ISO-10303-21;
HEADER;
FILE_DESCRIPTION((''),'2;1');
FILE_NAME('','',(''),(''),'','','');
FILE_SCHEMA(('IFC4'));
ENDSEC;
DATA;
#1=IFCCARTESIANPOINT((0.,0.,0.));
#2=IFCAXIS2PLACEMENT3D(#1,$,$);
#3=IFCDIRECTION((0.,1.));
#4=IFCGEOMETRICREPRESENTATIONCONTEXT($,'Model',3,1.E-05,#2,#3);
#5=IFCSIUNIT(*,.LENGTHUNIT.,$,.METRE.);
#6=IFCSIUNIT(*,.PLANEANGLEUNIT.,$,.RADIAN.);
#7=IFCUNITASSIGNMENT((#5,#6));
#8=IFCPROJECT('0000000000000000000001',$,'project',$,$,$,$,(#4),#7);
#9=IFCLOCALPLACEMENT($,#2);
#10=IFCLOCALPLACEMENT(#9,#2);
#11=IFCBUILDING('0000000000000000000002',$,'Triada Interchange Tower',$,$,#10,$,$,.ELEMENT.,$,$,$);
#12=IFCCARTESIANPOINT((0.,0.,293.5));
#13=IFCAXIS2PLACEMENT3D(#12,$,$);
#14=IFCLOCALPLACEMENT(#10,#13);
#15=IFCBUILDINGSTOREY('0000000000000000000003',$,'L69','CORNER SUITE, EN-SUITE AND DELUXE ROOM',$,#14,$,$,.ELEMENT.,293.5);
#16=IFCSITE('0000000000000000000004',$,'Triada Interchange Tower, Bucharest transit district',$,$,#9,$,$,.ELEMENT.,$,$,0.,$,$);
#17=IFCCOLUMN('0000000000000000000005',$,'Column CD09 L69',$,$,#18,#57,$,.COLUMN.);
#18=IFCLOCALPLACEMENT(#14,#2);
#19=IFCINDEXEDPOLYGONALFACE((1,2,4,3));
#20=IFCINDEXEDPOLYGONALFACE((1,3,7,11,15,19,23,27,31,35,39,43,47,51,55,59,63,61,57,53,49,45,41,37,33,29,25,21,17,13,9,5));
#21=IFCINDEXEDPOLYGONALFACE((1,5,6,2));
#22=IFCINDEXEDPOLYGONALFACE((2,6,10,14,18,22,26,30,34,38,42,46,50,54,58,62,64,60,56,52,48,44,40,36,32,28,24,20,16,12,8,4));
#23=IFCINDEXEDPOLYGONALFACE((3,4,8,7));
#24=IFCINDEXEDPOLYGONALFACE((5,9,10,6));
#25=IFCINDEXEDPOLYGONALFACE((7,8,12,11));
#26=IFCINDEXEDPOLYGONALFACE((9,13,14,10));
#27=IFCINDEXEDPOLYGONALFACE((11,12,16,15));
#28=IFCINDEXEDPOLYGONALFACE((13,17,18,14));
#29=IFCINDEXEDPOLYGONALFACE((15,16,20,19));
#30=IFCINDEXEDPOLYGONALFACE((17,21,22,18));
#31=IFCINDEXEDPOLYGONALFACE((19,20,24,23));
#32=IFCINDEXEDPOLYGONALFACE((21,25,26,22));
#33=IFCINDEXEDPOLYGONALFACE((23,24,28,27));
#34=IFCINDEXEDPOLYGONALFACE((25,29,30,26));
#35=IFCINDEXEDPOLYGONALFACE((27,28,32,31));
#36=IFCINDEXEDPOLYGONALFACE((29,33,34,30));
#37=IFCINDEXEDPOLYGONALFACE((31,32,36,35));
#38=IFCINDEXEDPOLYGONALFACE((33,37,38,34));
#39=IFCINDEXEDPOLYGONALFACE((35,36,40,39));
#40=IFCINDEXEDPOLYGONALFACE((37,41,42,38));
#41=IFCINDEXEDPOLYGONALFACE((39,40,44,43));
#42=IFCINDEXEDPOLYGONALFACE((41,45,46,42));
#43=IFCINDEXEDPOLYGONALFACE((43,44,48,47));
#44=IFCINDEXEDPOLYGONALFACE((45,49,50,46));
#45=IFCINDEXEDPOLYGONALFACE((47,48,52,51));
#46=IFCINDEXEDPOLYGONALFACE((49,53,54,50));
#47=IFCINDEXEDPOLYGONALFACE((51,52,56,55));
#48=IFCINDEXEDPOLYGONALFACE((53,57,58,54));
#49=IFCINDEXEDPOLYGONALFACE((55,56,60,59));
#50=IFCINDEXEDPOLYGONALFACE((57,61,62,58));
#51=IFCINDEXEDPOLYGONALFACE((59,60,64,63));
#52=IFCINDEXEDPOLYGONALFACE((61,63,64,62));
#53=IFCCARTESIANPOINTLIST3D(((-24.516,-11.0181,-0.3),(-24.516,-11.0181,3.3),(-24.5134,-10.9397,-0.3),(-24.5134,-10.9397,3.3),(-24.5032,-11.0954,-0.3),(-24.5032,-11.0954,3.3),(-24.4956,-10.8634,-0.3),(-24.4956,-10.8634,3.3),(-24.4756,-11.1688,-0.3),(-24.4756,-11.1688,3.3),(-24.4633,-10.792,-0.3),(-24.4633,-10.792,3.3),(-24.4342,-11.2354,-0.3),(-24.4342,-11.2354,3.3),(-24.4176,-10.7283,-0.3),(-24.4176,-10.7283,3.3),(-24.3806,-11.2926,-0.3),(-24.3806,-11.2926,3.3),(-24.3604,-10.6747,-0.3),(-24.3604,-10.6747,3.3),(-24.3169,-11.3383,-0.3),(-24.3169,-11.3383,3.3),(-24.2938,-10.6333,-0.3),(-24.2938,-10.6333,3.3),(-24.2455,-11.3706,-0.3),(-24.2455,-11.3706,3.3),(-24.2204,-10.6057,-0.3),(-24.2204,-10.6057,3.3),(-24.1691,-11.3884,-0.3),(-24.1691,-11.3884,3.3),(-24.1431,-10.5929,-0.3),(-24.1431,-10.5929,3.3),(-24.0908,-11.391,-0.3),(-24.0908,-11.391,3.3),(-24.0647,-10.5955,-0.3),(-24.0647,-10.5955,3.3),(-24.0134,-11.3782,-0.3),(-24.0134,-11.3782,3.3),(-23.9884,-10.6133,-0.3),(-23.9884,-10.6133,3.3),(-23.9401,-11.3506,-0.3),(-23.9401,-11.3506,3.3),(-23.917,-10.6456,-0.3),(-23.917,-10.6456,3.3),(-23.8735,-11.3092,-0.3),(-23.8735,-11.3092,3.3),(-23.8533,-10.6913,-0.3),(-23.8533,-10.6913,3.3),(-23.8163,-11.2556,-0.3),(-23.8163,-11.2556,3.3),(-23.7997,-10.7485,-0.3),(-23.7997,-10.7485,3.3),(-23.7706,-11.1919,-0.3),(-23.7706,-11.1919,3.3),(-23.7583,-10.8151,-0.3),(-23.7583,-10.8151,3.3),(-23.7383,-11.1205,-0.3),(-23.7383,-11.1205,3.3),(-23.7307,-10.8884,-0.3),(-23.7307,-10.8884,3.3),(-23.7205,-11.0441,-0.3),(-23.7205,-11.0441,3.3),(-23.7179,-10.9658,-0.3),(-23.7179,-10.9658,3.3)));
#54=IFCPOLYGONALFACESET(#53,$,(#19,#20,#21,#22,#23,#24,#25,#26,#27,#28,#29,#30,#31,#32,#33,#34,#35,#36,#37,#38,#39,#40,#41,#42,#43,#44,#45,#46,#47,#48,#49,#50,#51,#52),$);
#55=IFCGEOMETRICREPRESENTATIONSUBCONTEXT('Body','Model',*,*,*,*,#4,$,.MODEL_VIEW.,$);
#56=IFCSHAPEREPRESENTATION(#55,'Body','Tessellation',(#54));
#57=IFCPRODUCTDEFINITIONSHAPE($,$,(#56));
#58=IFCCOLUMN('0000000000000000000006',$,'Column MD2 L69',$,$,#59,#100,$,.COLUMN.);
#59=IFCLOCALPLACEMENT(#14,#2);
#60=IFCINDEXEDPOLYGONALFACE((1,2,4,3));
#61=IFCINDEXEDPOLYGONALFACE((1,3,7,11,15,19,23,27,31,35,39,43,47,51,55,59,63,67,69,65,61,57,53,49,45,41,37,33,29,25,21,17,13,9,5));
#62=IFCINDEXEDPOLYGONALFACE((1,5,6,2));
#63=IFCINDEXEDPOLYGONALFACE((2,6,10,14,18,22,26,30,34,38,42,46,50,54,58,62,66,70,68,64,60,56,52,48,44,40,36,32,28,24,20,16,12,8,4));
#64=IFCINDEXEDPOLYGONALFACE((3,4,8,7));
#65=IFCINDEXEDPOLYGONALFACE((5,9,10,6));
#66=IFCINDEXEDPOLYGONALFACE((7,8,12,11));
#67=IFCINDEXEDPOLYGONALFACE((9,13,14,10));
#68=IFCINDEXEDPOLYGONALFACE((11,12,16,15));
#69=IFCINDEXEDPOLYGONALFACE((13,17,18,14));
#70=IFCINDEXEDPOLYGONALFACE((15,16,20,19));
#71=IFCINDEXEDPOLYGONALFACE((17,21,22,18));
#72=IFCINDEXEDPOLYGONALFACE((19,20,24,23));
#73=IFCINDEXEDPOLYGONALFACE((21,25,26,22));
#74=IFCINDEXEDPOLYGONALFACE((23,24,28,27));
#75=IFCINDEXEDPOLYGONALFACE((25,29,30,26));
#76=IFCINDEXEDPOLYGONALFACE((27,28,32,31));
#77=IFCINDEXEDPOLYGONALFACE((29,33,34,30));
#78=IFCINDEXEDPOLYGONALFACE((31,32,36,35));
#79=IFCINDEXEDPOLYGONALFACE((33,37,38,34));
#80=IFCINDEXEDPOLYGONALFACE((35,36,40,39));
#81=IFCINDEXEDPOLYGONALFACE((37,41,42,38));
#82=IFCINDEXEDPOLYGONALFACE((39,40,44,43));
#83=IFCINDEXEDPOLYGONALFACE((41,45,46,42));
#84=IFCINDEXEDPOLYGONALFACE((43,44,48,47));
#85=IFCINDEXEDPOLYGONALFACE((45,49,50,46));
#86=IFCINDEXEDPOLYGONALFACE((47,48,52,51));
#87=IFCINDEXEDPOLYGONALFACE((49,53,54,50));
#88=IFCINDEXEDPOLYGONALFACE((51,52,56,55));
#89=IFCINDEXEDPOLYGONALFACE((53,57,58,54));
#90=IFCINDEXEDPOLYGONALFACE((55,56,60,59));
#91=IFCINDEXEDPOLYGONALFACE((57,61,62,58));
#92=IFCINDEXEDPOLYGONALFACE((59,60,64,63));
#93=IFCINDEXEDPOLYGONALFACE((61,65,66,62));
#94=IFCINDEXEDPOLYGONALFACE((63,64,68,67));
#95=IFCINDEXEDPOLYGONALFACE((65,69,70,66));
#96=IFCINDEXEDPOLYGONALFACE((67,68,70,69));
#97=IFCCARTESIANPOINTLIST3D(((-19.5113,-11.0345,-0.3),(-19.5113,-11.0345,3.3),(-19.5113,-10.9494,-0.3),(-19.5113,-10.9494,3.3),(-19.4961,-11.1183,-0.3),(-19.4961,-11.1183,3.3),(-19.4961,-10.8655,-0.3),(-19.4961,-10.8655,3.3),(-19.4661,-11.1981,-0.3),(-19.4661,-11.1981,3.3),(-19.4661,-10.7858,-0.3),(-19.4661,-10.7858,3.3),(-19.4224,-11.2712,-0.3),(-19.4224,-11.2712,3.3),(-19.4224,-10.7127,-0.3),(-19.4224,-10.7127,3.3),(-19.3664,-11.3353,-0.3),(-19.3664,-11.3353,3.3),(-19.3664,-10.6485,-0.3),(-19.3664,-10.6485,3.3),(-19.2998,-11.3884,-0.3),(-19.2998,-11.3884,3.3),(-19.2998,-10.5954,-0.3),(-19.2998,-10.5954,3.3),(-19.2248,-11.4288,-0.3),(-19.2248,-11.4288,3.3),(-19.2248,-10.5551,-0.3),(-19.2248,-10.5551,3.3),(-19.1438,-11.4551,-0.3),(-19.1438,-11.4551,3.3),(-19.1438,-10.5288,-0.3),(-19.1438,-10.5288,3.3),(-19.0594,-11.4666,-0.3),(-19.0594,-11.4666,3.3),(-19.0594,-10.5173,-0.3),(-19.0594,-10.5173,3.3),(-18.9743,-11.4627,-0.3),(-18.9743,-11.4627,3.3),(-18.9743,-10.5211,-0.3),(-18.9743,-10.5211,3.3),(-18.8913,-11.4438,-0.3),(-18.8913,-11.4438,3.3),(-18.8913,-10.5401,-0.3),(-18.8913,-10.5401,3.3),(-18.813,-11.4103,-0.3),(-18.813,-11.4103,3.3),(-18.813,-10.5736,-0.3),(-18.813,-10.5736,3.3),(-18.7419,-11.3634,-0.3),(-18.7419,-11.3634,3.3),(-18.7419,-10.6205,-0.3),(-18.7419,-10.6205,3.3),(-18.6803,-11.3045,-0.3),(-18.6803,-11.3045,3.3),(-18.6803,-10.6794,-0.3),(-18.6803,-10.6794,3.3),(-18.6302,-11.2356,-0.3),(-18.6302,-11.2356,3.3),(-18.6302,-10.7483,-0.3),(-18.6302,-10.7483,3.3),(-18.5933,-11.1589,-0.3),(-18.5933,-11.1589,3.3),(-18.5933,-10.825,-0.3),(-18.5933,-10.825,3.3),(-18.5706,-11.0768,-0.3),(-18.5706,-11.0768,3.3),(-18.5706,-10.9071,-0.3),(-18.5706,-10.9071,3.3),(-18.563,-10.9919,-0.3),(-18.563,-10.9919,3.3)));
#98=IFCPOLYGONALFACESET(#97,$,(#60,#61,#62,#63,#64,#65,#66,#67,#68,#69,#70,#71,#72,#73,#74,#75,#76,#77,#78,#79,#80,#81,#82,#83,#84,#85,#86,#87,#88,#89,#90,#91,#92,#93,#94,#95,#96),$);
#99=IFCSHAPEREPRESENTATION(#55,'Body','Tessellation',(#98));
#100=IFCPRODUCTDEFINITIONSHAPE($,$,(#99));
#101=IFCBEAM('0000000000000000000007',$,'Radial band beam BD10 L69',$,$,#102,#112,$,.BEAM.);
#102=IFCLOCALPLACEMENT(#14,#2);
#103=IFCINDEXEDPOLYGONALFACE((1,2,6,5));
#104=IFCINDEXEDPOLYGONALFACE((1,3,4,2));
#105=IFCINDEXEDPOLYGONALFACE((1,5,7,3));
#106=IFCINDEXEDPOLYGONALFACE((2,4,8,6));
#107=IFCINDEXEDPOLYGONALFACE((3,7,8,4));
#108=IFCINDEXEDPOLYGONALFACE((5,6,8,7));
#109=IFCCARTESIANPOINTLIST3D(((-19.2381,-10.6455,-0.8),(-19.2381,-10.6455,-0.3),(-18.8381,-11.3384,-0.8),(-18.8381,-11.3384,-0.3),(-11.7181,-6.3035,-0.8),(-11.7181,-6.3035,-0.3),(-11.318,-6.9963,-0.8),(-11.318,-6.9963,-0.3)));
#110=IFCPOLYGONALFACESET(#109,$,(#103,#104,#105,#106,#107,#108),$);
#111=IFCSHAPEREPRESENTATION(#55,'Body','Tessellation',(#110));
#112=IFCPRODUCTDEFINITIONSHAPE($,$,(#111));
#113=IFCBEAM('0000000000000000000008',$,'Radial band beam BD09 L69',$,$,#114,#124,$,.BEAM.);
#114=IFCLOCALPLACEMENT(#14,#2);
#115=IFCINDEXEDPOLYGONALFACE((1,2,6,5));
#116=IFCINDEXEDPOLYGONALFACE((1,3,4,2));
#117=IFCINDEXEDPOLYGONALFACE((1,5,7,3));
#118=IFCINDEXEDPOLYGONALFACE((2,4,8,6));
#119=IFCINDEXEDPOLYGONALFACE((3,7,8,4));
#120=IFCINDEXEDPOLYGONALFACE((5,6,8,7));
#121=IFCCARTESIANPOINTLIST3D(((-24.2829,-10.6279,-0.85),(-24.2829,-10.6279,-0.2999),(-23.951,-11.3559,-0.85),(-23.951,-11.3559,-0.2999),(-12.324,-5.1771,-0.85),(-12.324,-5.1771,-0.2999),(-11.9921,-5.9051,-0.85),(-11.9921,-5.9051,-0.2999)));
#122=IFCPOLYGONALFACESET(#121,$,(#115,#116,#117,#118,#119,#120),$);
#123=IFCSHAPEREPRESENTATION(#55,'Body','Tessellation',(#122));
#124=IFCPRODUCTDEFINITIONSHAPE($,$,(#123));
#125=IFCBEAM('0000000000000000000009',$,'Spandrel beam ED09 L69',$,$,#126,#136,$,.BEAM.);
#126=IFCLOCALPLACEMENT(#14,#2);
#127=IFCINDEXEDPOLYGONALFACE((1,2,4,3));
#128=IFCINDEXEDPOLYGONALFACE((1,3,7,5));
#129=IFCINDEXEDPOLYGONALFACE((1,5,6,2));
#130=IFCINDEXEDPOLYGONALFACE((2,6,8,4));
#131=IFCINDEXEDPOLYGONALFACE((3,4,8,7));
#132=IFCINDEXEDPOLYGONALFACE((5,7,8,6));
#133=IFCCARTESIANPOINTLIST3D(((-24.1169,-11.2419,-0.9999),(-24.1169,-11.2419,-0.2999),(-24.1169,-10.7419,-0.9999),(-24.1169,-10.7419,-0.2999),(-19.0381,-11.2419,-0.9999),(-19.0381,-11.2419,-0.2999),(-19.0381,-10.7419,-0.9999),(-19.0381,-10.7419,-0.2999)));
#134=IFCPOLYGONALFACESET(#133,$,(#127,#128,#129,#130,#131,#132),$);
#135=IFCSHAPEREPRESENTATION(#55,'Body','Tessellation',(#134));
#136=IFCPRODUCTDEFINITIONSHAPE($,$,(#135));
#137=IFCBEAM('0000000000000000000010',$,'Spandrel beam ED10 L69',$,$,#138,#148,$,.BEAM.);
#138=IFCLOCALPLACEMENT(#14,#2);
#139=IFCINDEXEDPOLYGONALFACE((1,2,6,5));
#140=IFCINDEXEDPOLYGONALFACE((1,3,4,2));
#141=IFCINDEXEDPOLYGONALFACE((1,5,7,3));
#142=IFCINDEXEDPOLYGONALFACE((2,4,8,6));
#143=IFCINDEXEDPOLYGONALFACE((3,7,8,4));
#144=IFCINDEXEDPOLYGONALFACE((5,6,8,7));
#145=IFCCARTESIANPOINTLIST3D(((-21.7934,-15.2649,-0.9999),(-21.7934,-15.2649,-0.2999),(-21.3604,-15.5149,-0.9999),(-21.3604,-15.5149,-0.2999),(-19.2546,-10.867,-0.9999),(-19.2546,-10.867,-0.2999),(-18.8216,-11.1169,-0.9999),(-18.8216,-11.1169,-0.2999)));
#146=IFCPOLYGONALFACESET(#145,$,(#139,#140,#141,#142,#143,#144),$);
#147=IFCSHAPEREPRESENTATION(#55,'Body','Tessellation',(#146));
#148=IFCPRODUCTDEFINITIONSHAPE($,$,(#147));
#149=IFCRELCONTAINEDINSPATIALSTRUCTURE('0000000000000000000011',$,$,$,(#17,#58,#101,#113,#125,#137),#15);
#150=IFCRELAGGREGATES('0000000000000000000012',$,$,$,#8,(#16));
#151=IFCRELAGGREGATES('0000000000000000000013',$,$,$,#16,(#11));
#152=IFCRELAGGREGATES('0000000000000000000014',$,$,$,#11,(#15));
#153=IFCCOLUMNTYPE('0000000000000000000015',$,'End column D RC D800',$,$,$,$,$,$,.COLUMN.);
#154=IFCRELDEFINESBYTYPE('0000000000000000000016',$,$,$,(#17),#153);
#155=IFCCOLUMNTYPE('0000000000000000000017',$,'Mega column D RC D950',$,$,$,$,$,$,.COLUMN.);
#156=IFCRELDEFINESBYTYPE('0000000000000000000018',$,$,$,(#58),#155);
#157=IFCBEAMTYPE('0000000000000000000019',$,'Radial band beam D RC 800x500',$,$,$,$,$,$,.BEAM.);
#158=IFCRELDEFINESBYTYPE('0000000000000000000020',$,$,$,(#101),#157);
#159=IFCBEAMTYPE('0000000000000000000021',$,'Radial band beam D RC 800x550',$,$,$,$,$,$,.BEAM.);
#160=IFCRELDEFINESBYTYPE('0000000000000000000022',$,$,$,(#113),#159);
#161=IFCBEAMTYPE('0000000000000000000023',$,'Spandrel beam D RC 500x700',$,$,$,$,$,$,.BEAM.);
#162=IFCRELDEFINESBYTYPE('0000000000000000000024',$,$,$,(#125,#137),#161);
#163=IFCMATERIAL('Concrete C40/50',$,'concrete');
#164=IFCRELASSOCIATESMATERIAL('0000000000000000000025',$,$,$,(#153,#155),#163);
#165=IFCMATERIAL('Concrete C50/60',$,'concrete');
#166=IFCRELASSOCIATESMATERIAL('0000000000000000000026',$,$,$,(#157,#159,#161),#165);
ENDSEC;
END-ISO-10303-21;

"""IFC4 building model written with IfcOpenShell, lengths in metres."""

from ifc_helpers import new_model, si_unit, direction, frame, origin, origin_2d, place, context, subcontext, project, spatial, rectangle, circle, extrude, material, material_profile, profile_set, type_object, element, save


model = new_model("IFC4")

# Units and contexts
model_context = context("Model", 3, precision=1e-05, world=origin(), true_north=direction((0.0, 1.0)))
body_context = subcontext(model_context, "Body", "Model", "MODEL_VIEW")
ifc_project = project(units=[si_unit("LENGTHUNIT", "METRE"), si_unit("PLANEANGLEUNIT", "RADIAN")], contexts=[model_context])

# Site, building, storey
site_placement = place(None, origin())
site = spatial("IfcSite", under=ifc_project, at=site_placement, Name="Triada Interchange Tower, Bucharest transit district", CompositionType="ELEMENT", RefElevation=0.0)
building_placement = place(site_placement, origin())
building = spatial("IfcBuilding", under=site, at=building_placement, Name="Triada Interchange Tower", CompositionType="ELEMENT")
storey_placement = place(building_placement, frame((0.0, 0.0, 293.5)))
storey = spatial("IfcBuildingStorey", under=building, at=storey_placement, Name="L69", Description="CORNER SUITE, EN-SUITE AND DELUXE ROOM", CompositionType="ELEMENT", Elevation=293.5)

# Columns
ifc_material_1 = material(Name="Concrete C40/50", Category="concrete")
ifc_material_profile_1 = material_profile(ifc_material_1, circle(Radius=0.3999, at=origin_2d()), Name="RC D800")
ifc_profile_set_1 = profile_set([ifc_material_profile_1], Name="Concrete C40/50")
column_type_1 = type_object("IfcColumnType", Name="End column D RC D800", PredefinedType="COLUMN", material=ifc_profile_set_1)
column_1_placement = place(storey_placement, frame((-24.1169, -10.9919, -0.3), z_axis=(0.0, 0.0, 1.0), x_axis=(0.5, 0.866025, 0.0)))
element("IfcColumn", 1, at=column_1_placement, inside=storey, type_object=column_type_1, Name="Column CD09 L69", PredefinedType="COLUMN", context=body_context, shape_type="SweptSolid", body=[
    extrude(circle(Radius=0.3999, at=origin_2d()), origin(), (0.0, 0.0, 1.0), 3.6001),
])
ifc_material_profile_2 = material_profile(ifc_material_1, circle(Radius=0.4751, at=origin_2d()), Name="RC D950")
ifc_profile_set_2 = profile_set([ifc_material_profile_2], Name="Concrete C40/50")
column_type_2 = type_object("IfcColumnType", Name="Mega column D RC D950", PredefinedType="COLUMN", material=ifc_profile_set_2)
column_2_placement = place(storey_placement, frame((-19.0381, -10.9919, -0.3), z_axis=(0.0, 0.0, 1.0), x_axis=(1.0, 0.0, 0.0)))
element("IfcColumn", 2, at=column_2_placement, inside=storey, type_object=column_type_2, Name="Column MD2 L69", PredefinedType="COLUMN", context=body_context, shape_type="SweptSolid", body=[
    extrude(circle(Radius=0.4751, at=origin_2d()), origin(), (0.0, 0.0, 1.0), 3.6001),
])

# Beams
ifc_material_2 = material(Name="Concrete C50/60", Category="concrete")
ifc_material_profile_3 = material_profile(ifc_material_2, rectangle(XDim=0.8, YDim=0.5, at=origin_2d()), Name="RC 800x500")
ifc_profile_set_3 = profile_set([ifc_material_profile_3], Name="Concrete C50/60")
beam_type_1 = type_object("IfcBeamType", Name="Radial band beam D RC 800x500", PredefinedType="BEAM", material=ifc_profile_set_3)
beam_1_placement = place(storey_placement, frame((-19.0381, -10.9919, -0.55), z_axis=(0.866008, 0.500031, 0.0), x_axis=(-0.500031, 0.866008, 0.0)))
element("IfcBeam", 3, at=beam_1_placement, inside=storey, type_object=beam_type_1, Name="Radial band beam BD10 L69", PredefinedType="BEAM", context=body_context, shape_type="SweptSolid", body=[
    extrude(rectangle(XDim=0.8, YDim=0.5, at=origin_2d()), origin(), (0.0, 0.0, 1.0), 8.6836),
])
ifc_material_profile_4 = material_profile(ifc_material_2, rectangle(XDim=0.8, YDim=0.55, at=origin_2d()), Name="RC 800x550")
ifc_profile_set_4 = profile_set([ifc_material_profile_4], Name="Concrete C50/60")
beam_type_2 = type_object("IfcBeamType", Name="Radial band beam D RC 800x550", PredefinedType="BEAM", material=ifc_profile_set_4)
beam_2_placement = place(storey_placement, frame((-24.1169, -10.9919, -0.575), z_axis=(0.909935, 0.41475, 0.0), x_axis=(-0.41475, 0.909935, 0.0)))
element("IfcBeam", 4, at=beam_2_placement, inside=storey, type_object=beam_type_2, Name="Radial band beam BD09 L69", PredefinedType="BEAM", context=body_context, shape_type="SweptSolid", body=[
    extrude(rectangle(XDim=0.8, YDim=0.55, at=origin_2d()), origin(), (0.0, 0.0, 1.0), 13.1426),
])
ifc_material_profile_5 = material_profile(ifc_material_2, rectangle(XDim=0.5, YDim=0.7, at=origin_2d()), Name="RC 500x700")
ifc_profile_set_5 = profile_set([ifc_material_profile_5], Name="Concrete C50/60")
beam_type_3 = type_object("IfcBeamType", Name="Spandrel beam D RC 500x700", PredefinedType="BEAM", material=ifc_profile_set_5)
beam_3_placement = place(storey_placement, frame((-24.1169, -10.9919, -0.6499), z_axis=(1.0, 0.0, 0.0), x_axis=(0.0, 1.0, 0.0)))
element("IfcBeam", 5, at=beam_3_placement, inside=storey, type_object=beam_type_3, Name="Spandrel beam ED09 L69", PredefinedType="BEAM", context=body_context, shape_type="SweptSolid", body=[
    extrude(rectangle(XDim=0.5, YDim=0.7, at=origin_2d()), origin(), (0.0, 0.0, 1.0), 5.0789),
])
beam_4_placement = place(storey_placement, frame((-19.0381, -10.9919, -0.6499), z_axis=(-0.49995, -0.866054, 0.0), x_axis=(0.866054, -0.49995, 0.0)))
element("IfcBeam", 6, at=beam_4_placement, inside=storey, type_object=beam_type_3, Name="Spandrel beam ED10 L69", PredefinedType="BEAM", context=body_context, shape_type="SweptSolid", body=[
    extrude(rectangle(XDim=0.5, YDim=0.7, at=origin_2d()), origin(), (0.0, 0.0, 1.0), 5.0781),
])

save(model, "model.ifc")
